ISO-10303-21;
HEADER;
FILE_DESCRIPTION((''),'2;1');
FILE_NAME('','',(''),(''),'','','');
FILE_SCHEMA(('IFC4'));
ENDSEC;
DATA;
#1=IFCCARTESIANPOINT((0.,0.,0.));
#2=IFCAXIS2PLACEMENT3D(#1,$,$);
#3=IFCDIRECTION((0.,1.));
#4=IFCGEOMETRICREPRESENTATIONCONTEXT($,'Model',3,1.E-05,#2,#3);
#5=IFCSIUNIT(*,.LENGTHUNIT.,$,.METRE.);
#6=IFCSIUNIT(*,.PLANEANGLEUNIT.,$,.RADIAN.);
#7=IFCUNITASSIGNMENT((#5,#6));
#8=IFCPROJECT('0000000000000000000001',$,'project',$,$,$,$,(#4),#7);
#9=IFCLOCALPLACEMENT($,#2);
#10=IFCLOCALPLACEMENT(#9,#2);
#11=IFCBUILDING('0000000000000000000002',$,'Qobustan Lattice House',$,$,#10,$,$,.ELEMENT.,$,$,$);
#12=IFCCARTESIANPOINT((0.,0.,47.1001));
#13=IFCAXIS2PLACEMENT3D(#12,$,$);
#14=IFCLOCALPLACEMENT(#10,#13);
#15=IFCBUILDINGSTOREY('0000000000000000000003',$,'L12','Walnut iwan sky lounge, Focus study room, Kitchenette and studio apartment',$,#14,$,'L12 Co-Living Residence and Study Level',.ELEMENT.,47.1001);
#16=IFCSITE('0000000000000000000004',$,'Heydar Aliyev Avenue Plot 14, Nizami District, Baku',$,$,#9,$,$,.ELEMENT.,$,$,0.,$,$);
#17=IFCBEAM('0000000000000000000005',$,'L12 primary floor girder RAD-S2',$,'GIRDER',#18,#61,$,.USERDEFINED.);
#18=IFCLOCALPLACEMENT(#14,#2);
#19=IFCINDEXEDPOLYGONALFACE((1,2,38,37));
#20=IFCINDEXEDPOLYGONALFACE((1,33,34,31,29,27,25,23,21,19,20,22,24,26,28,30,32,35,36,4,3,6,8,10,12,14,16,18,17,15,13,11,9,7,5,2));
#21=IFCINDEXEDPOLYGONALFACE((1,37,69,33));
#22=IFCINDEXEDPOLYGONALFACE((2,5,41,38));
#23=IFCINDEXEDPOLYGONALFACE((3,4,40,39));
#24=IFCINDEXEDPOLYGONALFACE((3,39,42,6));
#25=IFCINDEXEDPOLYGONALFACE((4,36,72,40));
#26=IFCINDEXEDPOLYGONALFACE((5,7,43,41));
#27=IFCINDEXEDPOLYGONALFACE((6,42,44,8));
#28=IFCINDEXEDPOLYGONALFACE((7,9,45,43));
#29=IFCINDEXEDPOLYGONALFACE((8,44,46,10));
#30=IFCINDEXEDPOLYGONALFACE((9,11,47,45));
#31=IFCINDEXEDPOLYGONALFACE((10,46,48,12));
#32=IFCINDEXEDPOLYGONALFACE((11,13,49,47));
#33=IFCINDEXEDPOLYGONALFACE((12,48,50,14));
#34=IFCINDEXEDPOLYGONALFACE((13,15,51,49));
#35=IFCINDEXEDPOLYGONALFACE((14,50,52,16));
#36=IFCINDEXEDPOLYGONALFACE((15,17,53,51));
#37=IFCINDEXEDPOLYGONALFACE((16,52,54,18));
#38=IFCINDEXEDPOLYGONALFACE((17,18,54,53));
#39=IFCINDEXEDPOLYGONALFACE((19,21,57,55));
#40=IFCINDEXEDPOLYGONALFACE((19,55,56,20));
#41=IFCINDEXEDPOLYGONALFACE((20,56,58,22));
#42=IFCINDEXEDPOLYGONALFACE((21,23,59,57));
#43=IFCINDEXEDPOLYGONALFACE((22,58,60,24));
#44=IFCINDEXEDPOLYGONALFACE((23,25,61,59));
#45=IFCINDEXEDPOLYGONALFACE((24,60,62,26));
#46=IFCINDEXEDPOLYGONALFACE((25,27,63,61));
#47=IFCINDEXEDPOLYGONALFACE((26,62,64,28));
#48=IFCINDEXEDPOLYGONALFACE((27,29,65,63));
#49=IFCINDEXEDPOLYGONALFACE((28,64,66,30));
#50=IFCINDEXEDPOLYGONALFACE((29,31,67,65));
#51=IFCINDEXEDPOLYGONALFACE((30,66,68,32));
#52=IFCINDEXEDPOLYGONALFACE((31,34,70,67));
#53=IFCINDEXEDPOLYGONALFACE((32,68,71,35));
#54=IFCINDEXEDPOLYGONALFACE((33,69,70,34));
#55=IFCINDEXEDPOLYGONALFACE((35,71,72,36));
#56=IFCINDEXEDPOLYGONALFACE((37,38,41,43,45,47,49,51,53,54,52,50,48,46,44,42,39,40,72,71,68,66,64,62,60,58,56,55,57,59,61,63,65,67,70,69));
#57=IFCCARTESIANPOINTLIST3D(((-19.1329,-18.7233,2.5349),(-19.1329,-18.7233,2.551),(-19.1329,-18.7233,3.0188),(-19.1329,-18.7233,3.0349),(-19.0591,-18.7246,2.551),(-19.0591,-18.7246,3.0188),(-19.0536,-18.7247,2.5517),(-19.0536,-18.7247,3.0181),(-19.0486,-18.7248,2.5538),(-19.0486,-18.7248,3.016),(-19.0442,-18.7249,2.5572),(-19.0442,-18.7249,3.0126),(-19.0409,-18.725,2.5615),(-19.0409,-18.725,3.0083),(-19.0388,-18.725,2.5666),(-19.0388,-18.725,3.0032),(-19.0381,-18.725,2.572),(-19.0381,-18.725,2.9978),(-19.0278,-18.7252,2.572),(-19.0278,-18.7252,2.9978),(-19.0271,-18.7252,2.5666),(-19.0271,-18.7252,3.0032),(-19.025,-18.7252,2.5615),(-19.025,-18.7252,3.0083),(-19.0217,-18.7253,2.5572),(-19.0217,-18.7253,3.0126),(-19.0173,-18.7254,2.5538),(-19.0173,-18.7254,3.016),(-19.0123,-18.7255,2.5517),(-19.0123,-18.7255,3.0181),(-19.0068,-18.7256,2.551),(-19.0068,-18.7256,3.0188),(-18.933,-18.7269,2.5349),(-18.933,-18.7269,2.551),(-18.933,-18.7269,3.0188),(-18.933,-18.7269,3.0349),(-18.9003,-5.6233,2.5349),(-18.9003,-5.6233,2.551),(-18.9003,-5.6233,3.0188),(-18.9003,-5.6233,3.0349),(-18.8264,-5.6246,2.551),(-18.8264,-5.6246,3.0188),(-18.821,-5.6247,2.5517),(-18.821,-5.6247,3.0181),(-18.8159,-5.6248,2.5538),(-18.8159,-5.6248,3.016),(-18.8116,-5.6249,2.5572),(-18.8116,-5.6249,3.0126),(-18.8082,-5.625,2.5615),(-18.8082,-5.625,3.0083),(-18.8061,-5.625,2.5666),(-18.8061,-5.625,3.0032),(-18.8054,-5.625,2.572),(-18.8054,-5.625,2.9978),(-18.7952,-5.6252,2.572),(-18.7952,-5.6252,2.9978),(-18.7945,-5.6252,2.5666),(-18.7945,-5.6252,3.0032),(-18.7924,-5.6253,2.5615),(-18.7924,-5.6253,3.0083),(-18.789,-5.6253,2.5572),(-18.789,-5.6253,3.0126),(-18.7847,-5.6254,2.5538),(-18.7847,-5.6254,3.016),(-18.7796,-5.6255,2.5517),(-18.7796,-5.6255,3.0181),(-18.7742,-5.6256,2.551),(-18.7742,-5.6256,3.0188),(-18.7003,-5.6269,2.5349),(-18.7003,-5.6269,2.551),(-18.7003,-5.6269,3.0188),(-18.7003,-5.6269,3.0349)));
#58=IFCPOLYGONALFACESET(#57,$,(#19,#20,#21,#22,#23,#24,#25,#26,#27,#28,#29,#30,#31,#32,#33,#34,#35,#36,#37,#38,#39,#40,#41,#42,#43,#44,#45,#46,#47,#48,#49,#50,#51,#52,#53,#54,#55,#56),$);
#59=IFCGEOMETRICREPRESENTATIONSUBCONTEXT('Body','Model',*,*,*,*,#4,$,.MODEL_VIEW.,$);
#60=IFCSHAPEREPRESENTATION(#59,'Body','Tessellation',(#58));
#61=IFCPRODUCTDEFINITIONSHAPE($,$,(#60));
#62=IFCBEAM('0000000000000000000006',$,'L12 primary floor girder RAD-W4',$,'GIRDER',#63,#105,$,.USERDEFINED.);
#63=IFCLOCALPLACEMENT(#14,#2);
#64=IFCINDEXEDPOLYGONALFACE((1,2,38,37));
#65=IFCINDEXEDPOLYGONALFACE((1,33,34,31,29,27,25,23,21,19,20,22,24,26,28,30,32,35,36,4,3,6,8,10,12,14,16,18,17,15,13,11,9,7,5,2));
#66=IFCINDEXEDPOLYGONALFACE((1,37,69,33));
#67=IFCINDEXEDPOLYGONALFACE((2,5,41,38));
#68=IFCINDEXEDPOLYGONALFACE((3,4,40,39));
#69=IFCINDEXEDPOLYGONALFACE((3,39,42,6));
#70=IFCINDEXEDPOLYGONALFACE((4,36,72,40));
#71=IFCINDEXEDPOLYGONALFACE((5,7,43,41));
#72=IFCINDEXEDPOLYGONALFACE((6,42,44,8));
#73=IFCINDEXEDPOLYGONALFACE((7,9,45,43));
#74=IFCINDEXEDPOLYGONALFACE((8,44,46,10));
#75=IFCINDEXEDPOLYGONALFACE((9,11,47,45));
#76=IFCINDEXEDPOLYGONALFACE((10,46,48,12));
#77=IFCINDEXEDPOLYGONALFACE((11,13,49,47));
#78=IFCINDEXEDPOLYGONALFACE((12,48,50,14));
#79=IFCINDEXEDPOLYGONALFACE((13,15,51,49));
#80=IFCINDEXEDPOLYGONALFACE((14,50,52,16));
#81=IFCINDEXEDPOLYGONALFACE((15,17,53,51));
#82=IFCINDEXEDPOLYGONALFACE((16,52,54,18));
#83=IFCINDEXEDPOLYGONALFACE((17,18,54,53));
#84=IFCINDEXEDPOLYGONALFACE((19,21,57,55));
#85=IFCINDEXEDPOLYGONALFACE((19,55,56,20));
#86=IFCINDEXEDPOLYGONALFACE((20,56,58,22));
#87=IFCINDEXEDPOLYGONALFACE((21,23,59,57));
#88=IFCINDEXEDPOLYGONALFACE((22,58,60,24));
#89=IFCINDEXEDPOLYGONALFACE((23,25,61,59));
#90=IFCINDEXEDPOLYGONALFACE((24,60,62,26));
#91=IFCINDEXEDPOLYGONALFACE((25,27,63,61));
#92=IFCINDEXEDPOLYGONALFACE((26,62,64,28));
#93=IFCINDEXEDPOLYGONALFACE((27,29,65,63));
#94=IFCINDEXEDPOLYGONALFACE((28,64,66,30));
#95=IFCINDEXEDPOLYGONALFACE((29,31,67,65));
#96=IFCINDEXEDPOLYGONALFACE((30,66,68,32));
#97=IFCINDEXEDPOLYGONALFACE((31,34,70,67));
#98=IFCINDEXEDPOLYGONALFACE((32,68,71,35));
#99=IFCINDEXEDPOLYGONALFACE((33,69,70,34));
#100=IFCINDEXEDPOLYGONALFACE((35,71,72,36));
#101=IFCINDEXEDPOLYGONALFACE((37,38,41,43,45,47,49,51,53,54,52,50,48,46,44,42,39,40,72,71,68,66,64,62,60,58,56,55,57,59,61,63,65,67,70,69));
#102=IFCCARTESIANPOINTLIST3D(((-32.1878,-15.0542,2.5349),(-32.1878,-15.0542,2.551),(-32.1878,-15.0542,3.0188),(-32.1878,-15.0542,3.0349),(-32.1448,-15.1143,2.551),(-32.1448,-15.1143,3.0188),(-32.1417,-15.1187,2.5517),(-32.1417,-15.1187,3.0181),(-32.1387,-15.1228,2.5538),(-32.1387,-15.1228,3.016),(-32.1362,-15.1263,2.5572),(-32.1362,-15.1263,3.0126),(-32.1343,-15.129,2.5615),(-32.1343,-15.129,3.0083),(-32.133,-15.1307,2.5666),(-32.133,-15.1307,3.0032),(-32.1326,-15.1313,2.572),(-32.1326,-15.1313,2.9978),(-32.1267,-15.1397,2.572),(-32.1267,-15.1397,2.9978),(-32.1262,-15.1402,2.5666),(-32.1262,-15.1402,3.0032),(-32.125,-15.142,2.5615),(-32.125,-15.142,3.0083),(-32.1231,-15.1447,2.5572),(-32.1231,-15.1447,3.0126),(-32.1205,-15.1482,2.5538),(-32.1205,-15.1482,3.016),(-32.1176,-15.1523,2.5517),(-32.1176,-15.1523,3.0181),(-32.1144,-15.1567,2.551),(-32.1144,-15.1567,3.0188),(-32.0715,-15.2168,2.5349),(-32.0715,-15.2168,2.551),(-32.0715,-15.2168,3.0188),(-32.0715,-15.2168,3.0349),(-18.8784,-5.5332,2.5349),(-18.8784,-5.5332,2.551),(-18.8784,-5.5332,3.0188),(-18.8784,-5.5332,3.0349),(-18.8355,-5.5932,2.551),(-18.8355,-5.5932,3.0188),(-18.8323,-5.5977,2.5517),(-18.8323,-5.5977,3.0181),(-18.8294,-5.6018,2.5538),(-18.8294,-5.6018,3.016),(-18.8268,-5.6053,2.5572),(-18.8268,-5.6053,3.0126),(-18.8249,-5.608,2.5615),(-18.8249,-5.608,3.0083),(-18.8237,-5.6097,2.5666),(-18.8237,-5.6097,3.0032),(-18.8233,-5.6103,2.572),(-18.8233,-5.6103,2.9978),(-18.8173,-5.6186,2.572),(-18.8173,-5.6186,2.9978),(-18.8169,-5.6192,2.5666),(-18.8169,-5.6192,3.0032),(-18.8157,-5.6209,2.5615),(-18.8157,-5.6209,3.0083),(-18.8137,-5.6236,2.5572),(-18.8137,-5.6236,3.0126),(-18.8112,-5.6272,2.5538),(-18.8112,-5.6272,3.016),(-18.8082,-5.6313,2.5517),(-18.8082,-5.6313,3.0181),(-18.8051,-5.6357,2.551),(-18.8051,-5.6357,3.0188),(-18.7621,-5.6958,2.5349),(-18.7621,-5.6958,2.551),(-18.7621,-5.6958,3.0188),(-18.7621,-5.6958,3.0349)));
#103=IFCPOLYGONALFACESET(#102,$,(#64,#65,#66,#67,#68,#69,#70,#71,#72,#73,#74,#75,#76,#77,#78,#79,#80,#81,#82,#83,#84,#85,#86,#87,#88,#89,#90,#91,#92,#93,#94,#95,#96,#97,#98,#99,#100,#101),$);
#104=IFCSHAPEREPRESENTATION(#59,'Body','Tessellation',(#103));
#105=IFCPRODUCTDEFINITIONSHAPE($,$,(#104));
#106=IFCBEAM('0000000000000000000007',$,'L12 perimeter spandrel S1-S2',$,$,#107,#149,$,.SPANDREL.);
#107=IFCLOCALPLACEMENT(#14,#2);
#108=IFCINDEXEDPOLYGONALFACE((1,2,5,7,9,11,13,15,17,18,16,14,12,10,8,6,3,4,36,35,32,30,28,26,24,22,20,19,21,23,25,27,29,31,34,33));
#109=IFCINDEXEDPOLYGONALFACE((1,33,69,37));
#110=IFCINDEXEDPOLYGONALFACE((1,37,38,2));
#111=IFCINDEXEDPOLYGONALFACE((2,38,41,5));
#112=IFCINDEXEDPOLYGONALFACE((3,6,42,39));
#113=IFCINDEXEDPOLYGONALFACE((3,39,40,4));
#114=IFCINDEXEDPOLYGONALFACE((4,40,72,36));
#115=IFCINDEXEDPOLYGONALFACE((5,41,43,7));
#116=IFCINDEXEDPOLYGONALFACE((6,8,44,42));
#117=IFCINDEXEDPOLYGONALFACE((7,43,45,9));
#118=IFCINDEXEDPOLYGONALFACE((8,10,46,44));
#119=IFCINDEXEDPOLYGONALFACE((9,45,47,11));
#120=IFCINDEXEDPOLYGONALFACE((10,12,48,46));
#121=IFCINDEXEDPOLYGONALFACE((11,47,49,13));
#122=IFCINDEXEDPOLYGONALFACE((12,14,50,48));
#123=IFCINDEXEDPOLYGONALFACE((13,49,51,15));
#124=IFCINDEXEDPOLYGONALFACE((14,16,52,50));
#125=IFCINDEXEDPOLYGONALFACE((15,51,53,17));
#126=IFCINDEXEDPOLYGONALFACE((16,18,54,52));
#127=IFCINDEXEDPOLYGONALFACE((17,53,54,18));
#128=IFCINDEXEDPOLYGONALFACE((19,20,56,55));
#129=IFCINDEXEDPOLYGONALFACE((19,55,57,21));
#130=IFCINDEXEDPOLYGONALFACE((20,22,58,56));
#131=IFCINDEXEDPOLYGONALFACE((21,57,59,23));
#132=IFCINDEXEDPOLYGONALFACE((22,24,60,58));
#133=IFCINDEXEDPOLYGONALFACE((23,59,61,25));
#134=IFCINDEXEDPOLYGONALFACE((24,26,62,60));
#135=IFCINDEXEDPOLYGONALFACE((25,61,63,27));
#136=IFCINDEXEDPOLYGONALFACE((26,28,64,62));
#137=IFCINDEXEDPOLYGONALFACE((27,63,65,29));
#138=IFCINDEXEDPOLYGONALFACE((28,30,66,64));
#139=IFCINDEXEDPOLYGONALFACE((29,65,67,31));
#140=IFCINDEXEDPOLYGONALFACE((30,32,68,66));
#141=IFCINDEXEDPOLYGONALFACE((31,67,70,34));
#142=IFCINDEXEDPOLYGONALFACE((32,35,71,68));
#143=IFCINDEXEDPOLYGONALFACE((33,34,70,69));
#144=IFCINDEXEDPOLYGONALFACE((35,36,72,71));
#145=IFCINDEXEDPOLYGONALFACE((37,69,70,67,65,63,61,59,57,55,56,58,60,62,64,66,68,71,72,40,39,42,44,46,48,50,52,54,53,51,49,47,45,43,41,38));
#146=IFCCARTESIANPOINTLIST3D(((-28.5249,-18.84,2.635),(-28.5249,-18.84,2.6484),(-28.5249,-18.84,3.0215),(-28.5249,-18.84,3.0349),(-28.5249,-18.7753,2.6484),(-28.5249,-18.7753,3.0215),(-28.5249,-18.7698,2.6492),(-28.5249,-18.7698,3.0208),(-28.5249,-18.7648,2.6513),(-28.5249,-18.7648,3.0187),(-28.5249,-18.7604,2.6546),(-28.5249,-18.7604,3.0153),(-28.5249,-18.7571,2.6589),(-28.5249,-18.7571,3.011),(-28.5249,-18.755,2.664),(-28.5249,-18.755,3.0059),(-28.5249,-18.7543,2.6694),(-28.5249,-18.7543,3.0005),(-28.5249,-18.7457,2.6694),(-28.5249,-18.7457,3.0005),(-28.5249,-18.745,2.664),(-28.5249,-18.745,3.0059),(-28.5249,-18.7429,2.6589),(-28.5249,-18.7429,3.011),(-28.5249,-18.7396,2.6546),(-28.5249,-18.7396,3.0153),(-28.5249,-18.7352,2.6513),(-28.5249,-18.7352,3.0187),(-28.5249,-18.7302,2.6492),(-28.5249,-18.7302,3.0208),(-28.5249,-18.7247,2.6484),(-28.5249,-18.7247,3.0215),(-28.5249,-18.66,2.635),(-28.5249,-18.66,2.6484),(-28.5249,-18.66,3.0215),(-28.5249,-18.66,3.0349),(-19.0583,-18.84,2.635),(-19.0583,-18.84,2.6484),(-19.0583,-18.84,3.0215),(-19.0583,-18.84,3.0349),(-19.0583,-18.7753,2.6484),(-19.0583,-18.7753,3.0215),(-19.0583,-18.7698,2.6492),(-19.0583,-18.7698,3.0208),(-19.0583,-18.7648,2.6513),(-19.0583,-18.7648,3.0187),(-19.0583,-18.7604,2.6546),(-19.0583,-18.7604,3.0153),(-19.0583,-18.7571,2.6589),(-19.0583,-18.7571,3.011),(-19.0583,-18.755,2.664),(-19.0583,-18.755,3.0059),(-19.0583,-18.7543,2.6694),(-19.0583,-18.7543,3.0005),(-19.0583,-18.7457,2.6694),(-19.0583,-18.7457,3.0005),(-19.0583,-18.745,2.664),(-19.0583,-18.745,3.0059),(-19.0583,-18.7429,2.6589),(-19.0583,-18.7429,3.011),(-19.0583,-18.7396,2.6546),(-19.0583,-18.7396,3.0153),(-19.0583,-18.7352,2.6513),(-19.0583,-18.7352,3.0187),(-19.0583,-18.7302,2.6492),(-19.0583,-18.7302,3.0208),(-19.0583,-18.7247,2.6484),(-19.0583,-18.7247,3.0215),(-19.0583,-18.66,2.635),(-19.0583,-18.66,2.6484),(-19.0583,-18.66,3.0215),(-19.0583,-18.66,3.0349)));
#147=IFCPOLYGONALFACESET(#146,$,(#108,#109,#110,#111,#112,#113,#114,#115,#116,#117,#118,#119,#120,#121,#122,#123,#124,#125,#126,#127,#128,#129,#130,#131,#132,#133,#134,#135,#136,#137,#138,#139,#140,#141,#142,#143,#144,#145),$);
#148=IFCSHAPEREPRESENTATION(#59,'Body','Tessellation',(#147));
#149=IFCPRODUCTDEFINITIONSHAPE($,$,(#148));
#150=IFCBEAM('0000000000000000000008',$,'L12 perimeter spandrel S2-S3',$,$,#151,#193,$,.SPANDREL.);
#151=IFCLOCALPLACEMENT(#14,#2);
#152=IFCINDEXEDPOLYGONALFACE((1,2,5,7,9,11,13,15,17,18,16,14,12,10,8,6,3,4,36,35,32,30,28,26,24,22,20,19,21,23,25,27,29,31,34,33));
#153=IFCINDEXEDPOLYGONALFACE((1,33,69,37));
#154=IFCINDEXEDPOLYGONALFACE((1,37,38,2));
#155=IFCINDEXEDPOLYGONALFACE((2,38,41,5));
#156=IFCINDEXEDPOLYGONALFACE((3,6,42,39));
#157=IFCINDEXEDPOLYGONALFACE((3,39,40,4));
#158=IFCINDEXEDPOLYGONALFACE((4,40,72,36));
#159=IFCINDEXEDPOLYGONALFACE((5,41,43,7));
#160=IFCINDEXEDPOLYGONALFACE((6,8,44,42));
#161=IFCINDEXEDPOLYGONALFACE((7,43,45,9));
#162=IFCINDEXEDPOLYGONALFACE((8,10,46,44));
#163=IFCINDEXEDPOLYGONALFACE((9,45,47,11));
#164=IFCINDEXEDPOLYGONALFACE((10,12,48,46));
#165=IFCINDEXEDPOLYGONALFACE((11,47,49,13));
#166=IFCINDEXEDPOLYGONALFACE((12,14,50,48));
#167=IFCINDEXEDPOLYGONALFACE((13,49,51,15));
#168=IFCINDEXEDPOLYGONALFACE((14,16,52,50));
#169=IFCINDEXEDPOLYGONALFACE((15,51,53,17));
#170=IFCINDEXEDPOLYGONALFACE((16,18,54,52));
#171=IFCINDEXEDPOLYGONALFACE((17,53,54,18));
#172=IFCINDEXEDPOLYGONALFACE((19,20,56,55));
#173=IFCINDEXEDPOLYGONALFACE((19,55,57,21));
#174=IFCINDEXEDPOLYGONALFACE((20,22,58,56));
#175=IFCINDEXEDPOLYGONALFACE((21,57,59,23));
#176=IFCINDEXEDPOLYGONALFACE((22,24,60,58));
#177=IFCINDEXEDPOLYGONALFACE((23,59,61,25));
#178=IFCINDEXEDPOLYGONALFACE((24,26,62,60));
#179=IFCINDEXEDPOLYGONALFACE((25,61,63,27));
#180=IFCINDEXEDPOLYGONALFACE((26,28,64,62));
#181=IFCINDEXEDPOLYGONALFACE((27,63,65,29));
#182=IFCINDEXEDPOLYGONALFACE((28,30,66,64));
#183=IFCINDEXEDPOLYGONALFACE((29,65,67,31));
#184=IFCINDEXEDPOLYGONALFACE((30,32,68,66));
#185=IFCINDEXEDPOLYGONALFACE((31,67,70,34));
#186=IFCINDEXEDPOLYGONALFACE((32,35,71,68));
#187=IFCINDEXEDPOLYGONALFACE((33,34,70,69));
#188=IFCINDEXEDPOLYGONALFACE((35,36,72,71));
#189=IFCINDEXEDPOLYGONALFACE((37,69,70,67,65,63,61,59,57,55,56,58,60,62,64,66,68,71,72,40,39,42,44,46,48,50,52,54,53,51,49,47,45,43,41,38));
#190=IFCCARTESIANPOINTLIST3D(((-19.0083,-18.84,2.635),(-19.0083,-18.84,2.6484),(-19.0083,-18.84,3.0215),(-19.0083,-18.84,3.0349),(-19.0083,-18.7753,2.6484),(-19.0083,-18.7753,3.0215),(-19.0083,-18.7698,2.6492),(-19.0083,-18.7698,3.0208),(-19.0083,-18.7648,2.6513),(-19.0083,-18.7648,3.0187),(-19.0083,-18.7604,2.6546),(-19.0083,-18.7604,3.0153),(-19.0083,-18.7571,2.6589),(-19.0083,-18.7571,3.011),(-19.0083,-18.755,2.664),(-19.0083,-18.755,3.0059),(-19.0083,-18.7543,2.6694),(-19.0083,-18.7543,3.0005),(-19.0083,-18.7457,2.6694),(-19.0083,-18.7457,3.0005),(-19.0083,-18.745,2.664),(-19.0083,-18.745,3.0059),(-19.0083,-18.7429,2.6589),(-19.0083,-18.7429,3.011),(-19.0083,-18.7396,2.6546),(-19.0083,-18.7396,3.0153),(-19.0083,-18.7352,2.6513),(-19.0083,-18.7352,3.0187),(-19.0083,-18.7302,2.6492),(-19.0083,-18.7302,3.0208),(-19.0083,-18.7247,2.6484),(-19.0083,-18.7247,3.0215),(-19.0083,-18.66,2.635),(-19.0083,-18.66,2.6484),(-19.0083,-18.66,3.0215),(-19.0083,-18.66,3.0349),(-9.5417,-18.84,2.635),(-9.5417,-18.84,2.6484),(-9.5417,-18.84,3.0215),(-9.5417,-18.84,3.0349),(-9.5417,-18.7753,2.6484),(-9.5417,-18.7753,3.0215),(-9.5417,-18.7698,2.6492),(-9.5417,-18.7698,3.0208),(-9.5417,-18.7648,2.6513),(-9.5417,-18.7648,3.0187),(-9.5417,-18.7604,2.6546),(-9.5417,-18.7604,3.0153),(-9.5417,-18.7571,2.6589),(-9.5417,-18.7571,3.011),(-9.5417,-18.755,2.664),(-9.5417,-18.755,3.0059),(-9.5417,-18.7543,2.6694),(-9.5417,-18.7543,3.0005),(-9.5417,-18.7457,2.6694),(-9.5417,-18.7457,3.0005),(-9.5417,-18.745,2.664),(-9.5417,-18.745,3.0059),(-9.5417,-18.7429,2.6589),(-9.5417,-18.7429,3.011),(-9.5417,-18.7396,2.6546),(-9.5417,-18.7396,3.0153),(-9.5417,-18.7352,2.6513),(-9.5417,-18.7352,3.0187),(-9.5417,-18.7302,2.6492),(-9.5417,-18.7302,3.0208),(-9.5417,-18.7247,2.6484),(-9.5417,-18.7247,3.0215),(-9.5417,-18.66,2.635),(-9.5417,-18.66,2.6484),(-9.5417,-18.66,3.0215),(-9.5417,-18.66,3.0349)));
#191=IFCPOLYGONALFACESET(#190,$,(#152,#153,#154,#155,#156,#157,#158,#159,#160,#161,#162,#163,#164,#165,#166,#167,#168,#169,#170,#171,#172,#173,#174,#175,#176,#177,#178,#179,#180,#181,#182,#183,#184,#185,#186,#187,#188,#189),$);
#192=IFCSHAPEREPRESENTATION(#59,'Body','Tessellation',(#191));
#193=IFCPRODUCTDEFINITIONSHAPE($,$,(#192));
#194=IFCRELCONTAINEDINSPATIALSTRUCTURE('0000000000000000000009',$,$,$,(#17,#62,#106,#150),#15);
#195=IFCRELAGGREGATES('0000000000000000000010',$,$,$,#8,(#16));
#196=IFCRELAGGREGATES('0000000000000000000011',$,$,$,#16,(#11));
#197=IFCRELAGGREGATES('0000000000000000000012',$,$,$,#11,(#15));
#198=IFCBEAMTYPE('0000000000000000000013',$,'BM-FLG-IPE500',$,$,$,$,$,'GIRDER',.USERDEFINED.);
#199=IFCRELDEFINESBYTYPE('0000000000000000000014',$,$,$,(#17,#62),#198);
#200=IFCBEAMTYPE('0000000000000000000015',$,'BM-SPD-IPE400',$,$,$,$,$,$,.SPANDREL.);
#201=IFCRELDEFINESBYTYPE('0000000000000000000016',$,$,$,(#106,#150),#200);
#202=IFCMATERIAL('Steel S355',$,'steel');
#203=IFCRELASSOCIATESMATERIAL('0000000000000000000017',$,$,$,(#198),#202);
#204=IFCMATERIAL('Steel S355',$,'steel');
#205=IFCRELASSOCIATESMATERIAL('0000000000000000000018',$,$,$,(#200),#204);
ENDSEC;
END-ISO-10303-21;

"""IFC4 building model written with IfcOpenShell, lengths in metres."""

from ifc_helpers import new_model, si_unit, direction, frame, origin, origin_2d, place, context, subcontext, project, spatial, i_section, extrude, material, material_profile, profile_set, type_object, element, save


model = new_model("IFC4")

# Units and contexts
model_context = context("Model", 3, precision=1e-05, world=origin(), true_north=direction((0.0, 1.0)))
body_context = subcontext(model_context, "Body", "Model", "MODEL_VIEW")
ifc_project = project(units=[si_unit("LENGTHUNIT", "METRE"), si_unit("PLANEANGLEUNIT", "RADIAN")], contexts=[model_context])

# Site, building, storey
site_placement = place(None, origin())
site = spatial("IfcSite", under=ifc_project, at=site_placement, Name="Heydar Aliyev Avenue Plot 14, Nizami District, Baku", CompositionType="ELEMENT", RefElevation=0.0)
building_placement = place(site_placement, origin())
building = spatial("IfcBuilding", under=site, at=building_placement, Name="Qobustan Lattice House", CompositionType="ELEMENT")
storey_placement = place(building_placement, frame((0.0, 0.0, 47.1001)))
storey = spatial("IfcBuildingStorey", under=building, at=storey_placement, Name="L12", Description="Walnut iwan sky lounge, Focus study room, Kitchenette and studio apartment", LongName="L12 Co-Living Residence and Study Level", CompositionType="ELEMENT", Elevation=47.1001)

# Beams
ifc_material_1 = material(Name="Steel S355", Category="steel")
ifc_material_profile_1 = material_profile(ifc_material_1, i_section(OverallWidth=0.2, OverallDepth=0.5, WebThickness=0.0103, FlangeThickness=0.0161, FilletRadius=0.021, at=origin_2d()), Name="IPE500")
ifc_profile_set_1 = profile_set([ifc_material_profile_1], Name="Steel S355")
beam_type_1 = type_object("IfcBeamType", Name="BM-FLG-IPE500", ElementType="GIRDER", PredefinedType="USERDEFINED", material=ifc_profile_set_1)
beam_1_placement = place(storey_placement, frame((-19.033, -18.7251, 2.7849), z_axis=(0.017758, 0.999842, 0.0), x_axis=(-0.999842, 0.017758, 0.0)))
element("IfcBeam", 1, at=beam_1_placement, inside=storey, type_object=beam_type_1, Name="L12 primary floor girder RAD-S2", ObjectType="GIRDER", PredefinedType="USERDEFINED", context=body_context, shape_type="SweptSolid", body=[
    extrude(i_section(OverallWidth=0.2, OverallDepth=0.5, WebThickness=0.0103, FlangeThickness=0.0161, FilletRadius=0.021, at=origin_2d()), origin(), (0.0, 0.0, 1.0), 13.1021),
])
beam_2_placement = place(storey_placement, frame((-32.1296, -15.1355, 2.7849), z_axis=(0.813319, 0.581818, 0.0), x_axis=(-0.581818, 0.813319, 0.0)))
element("IfcBeam", 2, at=beam_2_placement, inside=storey, type_object=beam_type_1, Name="L12 primary floor girder RAD-W4", ObjectType="GIRDER", PredefinedType="USERDEFINED", context=body_context, shape_type="SweptSolid", body=[
    extrude(i_section(OverallWidth=0.2, OverallDepth=0.5, WebThickness=0.0103, FlangeThickness=0.0161, FilletRadius=0.021, at=origin_2d()), origin(), (0.0, 0.0, 1.0), 16.3643),
])
ifc_material_2 = material(Name="Steel S355", Category="steel")
ifc_material_profile_2 = material_profile(ifc_material_2, i_section(OverallWidth=0.1799, OverallDepth=0.3999, WebThickness=0.0085, FlangeThickness=0.0134, FilletRadius=0.021, at=origin_2d()), Name="IPE400")
ifc_profile_set_2 = profile_set([ifc_material_profile_2], Name="Steel S355")
beam_type_2 = type_object("IfcBeamType", Name="BM-SPD-IPE400", PredefinedType="SPANDREL", material=ifc_profile_set_2)
for number, where, z_axis, x_axis, name in (
    (3, (-28.5249, -18.75, 2.835), (1.0, 0.0, 0.0), (0.0, 1.0, 0.0), "L12 perimeter spandrel S1-S2"),
    (4, (-19.0083, -18.75, 2.835), (1.0, 0.0, 0.0), (0.0, 1.0, 0.0), "L12 perimeter spandrel S2-S3"),
):
    element("IfcBeam", number, at=place(storey_placement, frame(where, z_axis=z_axis, x_axis=x_axis)), inside=storey, type_object=beam_type_2, Name=name, PredefinedType="SPANDREL", context=body_context, shape_type="SweptSolid", body=[
        extrude(i_section(OverallWidth=0.1799, OverallDepth=0.3999, WebThickness=0.0085, FlangeThickness=0.0134, FilletRadius=0.021, at=origin_2d()), origin(), (0.0, 0.0, 1.0), 9.4666),
    ])

save(model, "model.ifc")
